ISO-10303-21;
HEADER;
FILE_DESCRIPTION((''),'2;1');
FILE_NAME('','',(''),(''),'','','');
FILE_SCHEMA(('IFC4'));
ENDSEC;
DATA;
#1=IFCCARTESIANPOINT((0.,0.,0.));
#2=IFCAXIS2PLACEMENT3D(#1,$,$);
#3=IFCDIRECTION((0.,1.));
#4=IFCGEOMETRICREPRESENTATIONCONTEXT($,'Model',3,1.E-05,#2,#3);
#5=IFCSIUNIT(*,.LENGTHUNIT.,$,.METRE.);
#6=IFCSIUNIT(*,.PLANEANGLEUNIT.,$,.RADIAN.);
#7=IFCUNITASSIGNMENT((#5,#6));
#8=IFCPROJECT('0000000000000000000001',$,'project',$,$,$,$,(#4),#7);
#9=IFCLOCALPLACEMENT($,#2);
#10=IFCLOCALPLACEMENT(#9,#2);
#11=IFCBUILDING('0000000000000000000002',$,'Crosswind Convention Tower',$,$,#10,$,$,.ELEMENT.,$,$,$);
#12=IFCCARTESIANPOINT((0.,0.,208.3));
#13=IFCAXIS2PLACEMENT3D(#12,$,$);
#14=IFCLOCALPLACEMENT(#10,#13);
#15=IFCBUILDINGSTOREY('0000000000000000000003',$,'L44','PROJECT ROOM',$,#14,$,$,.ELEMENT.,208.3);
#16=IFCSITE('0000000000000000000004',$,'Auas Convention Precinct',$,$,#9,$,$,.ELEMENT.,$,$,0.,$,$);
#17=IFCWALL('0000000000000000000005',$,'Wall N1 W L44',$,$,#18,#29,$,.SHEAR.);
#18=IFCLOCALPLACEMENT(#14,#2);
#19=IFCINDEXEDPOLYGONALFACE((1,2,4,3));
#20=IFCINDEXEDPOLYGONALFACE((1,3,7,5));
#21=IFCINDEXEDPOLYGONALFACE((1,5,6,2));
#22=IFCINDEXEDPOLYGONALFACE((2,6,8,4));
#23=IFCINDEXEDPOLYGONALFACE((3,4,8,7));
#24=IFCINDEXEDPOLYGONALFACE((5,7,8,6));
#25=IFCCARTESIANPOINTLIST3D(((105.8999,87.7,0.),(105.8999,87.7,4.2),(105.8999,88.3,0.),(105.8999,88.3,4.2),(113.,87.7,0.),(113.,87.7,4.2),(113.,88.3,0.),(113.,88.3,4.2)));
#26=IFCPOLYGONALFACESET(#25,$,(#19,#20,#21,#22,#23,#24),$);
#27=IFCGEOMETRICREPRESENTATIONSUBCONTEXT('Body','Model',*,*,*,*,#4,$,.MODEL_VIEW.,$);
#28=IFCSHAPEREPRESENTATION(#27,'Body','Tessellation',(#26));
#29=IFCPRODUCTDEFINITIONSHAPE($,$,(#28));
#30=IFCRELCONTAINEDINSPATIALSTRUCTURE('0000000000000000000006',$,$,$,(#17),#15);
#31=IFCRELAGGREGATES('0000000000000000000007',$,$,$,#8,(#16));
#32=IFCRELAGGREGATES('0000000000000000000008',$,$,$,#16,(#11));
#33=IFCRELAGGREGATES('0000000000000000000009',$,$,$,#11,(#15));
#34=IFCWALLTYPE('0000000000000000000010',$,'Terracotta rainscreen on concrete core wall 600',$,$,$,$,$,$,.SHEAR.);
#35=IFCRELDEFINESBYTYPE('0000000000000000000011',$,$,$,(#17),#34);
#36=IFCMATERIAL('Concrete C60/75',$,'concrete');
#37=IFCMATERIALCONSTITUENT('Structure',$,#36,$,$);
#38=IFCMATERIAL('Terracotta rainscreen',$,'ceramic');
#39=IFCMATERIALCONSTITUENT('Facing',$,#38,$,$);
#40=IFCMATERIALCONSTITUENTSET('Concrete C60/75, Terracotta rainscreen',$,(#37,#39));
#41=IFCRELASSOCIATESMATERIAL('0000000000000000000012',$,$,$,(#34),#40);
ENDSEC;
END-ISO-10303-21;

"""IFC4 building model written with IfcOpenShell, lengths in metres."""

from ifc_helpers import new_model, si_unit, direction, frame, frame_2d, origin, place, context, subcontext, project, spatial, rectangle, extrude, material, constituent, constituent_set, type_object, element, save


model = new_model("IFC4")

# Units and contexts
model_context = context("Model", 3, precision=1e-05, world=origin(), true_north=direction((0.0, 1.0)))
body_context = subcontext(model_context, "Body", "Model", "MODEL_VIEW")
ifc_project = project(units=[si_unit("LENGTHUNIT", "METRE"), si_unit("PLANEANGLEUNIT", "RADIAN")], contexts=[model_context])

# Site, building, storey
site_placement = place(None, origin())
site = spatial("IfcSite", under=ifc_project, at=site_placement, Name="Auas Convention Precinct", CompositionType="ELEMENT", RefElevation=0.0)
building_placement = place(site_placement, origin())
building = spatial("IfcBuilding", under=site, at=building_placement, Name="Crosswind Convention Tower", CompositionType="ELEMENT")
storey_placement = place(building_placement, frame((0.0, 0.0, 208.3)))
storey = spatial("IfcBuildingStorey", under=building, at=storey_placement, Name="L44", Description="PROJECT ROOM", CompositionType="ELEMENT", Elevation=208.3)

# Shared definitions
ifc_material_1 = material(Name="Concrete C60/75", Category="concrete")

# Wall
ifc_constituent_1 = constituent(ifc_material_1, Name="Structure")
ifc_material_2 = material(Name="Terracotta rainscreen", Category="ceramic")
ifc_constituent_2 = constituent(ifc_material_2, Name="Facing")
ifc_constituent_set = constituent_set(constituents=[ifc_constituent_1, ifc_constituent_2], Name="Concrete C60/75, Terracotta rainscreen")
wall_type_1 = type_object("IfcWallType", Name="Terracotta rainscreen on concrete core wall 600", PredefinedType="SHEAR", material=ifc_constituent_set)
wall_1_placement = place(storey_placement, frame((113.0, 88.0, 0.0), z_axis=(0.0, 0.0, 1.0), x_axis=(-1.0, 0.0, 0.0)))
element("IfcWall", 1, at=wall_1_placement, inside=storey, type_object=wall_type_1, Name="Wall N1 W L44", PredefinedType="SHEAR", context=body_context, shape_type="SweptSolid", body=[
    extrude(rectangle(XDim=7.1001, YDim=0.6001, at=frame_2d((3.55, 0.0))), origin(), (0.0, 0.0, 1.0), 4.2),
])

save(model, "model.ifc")
